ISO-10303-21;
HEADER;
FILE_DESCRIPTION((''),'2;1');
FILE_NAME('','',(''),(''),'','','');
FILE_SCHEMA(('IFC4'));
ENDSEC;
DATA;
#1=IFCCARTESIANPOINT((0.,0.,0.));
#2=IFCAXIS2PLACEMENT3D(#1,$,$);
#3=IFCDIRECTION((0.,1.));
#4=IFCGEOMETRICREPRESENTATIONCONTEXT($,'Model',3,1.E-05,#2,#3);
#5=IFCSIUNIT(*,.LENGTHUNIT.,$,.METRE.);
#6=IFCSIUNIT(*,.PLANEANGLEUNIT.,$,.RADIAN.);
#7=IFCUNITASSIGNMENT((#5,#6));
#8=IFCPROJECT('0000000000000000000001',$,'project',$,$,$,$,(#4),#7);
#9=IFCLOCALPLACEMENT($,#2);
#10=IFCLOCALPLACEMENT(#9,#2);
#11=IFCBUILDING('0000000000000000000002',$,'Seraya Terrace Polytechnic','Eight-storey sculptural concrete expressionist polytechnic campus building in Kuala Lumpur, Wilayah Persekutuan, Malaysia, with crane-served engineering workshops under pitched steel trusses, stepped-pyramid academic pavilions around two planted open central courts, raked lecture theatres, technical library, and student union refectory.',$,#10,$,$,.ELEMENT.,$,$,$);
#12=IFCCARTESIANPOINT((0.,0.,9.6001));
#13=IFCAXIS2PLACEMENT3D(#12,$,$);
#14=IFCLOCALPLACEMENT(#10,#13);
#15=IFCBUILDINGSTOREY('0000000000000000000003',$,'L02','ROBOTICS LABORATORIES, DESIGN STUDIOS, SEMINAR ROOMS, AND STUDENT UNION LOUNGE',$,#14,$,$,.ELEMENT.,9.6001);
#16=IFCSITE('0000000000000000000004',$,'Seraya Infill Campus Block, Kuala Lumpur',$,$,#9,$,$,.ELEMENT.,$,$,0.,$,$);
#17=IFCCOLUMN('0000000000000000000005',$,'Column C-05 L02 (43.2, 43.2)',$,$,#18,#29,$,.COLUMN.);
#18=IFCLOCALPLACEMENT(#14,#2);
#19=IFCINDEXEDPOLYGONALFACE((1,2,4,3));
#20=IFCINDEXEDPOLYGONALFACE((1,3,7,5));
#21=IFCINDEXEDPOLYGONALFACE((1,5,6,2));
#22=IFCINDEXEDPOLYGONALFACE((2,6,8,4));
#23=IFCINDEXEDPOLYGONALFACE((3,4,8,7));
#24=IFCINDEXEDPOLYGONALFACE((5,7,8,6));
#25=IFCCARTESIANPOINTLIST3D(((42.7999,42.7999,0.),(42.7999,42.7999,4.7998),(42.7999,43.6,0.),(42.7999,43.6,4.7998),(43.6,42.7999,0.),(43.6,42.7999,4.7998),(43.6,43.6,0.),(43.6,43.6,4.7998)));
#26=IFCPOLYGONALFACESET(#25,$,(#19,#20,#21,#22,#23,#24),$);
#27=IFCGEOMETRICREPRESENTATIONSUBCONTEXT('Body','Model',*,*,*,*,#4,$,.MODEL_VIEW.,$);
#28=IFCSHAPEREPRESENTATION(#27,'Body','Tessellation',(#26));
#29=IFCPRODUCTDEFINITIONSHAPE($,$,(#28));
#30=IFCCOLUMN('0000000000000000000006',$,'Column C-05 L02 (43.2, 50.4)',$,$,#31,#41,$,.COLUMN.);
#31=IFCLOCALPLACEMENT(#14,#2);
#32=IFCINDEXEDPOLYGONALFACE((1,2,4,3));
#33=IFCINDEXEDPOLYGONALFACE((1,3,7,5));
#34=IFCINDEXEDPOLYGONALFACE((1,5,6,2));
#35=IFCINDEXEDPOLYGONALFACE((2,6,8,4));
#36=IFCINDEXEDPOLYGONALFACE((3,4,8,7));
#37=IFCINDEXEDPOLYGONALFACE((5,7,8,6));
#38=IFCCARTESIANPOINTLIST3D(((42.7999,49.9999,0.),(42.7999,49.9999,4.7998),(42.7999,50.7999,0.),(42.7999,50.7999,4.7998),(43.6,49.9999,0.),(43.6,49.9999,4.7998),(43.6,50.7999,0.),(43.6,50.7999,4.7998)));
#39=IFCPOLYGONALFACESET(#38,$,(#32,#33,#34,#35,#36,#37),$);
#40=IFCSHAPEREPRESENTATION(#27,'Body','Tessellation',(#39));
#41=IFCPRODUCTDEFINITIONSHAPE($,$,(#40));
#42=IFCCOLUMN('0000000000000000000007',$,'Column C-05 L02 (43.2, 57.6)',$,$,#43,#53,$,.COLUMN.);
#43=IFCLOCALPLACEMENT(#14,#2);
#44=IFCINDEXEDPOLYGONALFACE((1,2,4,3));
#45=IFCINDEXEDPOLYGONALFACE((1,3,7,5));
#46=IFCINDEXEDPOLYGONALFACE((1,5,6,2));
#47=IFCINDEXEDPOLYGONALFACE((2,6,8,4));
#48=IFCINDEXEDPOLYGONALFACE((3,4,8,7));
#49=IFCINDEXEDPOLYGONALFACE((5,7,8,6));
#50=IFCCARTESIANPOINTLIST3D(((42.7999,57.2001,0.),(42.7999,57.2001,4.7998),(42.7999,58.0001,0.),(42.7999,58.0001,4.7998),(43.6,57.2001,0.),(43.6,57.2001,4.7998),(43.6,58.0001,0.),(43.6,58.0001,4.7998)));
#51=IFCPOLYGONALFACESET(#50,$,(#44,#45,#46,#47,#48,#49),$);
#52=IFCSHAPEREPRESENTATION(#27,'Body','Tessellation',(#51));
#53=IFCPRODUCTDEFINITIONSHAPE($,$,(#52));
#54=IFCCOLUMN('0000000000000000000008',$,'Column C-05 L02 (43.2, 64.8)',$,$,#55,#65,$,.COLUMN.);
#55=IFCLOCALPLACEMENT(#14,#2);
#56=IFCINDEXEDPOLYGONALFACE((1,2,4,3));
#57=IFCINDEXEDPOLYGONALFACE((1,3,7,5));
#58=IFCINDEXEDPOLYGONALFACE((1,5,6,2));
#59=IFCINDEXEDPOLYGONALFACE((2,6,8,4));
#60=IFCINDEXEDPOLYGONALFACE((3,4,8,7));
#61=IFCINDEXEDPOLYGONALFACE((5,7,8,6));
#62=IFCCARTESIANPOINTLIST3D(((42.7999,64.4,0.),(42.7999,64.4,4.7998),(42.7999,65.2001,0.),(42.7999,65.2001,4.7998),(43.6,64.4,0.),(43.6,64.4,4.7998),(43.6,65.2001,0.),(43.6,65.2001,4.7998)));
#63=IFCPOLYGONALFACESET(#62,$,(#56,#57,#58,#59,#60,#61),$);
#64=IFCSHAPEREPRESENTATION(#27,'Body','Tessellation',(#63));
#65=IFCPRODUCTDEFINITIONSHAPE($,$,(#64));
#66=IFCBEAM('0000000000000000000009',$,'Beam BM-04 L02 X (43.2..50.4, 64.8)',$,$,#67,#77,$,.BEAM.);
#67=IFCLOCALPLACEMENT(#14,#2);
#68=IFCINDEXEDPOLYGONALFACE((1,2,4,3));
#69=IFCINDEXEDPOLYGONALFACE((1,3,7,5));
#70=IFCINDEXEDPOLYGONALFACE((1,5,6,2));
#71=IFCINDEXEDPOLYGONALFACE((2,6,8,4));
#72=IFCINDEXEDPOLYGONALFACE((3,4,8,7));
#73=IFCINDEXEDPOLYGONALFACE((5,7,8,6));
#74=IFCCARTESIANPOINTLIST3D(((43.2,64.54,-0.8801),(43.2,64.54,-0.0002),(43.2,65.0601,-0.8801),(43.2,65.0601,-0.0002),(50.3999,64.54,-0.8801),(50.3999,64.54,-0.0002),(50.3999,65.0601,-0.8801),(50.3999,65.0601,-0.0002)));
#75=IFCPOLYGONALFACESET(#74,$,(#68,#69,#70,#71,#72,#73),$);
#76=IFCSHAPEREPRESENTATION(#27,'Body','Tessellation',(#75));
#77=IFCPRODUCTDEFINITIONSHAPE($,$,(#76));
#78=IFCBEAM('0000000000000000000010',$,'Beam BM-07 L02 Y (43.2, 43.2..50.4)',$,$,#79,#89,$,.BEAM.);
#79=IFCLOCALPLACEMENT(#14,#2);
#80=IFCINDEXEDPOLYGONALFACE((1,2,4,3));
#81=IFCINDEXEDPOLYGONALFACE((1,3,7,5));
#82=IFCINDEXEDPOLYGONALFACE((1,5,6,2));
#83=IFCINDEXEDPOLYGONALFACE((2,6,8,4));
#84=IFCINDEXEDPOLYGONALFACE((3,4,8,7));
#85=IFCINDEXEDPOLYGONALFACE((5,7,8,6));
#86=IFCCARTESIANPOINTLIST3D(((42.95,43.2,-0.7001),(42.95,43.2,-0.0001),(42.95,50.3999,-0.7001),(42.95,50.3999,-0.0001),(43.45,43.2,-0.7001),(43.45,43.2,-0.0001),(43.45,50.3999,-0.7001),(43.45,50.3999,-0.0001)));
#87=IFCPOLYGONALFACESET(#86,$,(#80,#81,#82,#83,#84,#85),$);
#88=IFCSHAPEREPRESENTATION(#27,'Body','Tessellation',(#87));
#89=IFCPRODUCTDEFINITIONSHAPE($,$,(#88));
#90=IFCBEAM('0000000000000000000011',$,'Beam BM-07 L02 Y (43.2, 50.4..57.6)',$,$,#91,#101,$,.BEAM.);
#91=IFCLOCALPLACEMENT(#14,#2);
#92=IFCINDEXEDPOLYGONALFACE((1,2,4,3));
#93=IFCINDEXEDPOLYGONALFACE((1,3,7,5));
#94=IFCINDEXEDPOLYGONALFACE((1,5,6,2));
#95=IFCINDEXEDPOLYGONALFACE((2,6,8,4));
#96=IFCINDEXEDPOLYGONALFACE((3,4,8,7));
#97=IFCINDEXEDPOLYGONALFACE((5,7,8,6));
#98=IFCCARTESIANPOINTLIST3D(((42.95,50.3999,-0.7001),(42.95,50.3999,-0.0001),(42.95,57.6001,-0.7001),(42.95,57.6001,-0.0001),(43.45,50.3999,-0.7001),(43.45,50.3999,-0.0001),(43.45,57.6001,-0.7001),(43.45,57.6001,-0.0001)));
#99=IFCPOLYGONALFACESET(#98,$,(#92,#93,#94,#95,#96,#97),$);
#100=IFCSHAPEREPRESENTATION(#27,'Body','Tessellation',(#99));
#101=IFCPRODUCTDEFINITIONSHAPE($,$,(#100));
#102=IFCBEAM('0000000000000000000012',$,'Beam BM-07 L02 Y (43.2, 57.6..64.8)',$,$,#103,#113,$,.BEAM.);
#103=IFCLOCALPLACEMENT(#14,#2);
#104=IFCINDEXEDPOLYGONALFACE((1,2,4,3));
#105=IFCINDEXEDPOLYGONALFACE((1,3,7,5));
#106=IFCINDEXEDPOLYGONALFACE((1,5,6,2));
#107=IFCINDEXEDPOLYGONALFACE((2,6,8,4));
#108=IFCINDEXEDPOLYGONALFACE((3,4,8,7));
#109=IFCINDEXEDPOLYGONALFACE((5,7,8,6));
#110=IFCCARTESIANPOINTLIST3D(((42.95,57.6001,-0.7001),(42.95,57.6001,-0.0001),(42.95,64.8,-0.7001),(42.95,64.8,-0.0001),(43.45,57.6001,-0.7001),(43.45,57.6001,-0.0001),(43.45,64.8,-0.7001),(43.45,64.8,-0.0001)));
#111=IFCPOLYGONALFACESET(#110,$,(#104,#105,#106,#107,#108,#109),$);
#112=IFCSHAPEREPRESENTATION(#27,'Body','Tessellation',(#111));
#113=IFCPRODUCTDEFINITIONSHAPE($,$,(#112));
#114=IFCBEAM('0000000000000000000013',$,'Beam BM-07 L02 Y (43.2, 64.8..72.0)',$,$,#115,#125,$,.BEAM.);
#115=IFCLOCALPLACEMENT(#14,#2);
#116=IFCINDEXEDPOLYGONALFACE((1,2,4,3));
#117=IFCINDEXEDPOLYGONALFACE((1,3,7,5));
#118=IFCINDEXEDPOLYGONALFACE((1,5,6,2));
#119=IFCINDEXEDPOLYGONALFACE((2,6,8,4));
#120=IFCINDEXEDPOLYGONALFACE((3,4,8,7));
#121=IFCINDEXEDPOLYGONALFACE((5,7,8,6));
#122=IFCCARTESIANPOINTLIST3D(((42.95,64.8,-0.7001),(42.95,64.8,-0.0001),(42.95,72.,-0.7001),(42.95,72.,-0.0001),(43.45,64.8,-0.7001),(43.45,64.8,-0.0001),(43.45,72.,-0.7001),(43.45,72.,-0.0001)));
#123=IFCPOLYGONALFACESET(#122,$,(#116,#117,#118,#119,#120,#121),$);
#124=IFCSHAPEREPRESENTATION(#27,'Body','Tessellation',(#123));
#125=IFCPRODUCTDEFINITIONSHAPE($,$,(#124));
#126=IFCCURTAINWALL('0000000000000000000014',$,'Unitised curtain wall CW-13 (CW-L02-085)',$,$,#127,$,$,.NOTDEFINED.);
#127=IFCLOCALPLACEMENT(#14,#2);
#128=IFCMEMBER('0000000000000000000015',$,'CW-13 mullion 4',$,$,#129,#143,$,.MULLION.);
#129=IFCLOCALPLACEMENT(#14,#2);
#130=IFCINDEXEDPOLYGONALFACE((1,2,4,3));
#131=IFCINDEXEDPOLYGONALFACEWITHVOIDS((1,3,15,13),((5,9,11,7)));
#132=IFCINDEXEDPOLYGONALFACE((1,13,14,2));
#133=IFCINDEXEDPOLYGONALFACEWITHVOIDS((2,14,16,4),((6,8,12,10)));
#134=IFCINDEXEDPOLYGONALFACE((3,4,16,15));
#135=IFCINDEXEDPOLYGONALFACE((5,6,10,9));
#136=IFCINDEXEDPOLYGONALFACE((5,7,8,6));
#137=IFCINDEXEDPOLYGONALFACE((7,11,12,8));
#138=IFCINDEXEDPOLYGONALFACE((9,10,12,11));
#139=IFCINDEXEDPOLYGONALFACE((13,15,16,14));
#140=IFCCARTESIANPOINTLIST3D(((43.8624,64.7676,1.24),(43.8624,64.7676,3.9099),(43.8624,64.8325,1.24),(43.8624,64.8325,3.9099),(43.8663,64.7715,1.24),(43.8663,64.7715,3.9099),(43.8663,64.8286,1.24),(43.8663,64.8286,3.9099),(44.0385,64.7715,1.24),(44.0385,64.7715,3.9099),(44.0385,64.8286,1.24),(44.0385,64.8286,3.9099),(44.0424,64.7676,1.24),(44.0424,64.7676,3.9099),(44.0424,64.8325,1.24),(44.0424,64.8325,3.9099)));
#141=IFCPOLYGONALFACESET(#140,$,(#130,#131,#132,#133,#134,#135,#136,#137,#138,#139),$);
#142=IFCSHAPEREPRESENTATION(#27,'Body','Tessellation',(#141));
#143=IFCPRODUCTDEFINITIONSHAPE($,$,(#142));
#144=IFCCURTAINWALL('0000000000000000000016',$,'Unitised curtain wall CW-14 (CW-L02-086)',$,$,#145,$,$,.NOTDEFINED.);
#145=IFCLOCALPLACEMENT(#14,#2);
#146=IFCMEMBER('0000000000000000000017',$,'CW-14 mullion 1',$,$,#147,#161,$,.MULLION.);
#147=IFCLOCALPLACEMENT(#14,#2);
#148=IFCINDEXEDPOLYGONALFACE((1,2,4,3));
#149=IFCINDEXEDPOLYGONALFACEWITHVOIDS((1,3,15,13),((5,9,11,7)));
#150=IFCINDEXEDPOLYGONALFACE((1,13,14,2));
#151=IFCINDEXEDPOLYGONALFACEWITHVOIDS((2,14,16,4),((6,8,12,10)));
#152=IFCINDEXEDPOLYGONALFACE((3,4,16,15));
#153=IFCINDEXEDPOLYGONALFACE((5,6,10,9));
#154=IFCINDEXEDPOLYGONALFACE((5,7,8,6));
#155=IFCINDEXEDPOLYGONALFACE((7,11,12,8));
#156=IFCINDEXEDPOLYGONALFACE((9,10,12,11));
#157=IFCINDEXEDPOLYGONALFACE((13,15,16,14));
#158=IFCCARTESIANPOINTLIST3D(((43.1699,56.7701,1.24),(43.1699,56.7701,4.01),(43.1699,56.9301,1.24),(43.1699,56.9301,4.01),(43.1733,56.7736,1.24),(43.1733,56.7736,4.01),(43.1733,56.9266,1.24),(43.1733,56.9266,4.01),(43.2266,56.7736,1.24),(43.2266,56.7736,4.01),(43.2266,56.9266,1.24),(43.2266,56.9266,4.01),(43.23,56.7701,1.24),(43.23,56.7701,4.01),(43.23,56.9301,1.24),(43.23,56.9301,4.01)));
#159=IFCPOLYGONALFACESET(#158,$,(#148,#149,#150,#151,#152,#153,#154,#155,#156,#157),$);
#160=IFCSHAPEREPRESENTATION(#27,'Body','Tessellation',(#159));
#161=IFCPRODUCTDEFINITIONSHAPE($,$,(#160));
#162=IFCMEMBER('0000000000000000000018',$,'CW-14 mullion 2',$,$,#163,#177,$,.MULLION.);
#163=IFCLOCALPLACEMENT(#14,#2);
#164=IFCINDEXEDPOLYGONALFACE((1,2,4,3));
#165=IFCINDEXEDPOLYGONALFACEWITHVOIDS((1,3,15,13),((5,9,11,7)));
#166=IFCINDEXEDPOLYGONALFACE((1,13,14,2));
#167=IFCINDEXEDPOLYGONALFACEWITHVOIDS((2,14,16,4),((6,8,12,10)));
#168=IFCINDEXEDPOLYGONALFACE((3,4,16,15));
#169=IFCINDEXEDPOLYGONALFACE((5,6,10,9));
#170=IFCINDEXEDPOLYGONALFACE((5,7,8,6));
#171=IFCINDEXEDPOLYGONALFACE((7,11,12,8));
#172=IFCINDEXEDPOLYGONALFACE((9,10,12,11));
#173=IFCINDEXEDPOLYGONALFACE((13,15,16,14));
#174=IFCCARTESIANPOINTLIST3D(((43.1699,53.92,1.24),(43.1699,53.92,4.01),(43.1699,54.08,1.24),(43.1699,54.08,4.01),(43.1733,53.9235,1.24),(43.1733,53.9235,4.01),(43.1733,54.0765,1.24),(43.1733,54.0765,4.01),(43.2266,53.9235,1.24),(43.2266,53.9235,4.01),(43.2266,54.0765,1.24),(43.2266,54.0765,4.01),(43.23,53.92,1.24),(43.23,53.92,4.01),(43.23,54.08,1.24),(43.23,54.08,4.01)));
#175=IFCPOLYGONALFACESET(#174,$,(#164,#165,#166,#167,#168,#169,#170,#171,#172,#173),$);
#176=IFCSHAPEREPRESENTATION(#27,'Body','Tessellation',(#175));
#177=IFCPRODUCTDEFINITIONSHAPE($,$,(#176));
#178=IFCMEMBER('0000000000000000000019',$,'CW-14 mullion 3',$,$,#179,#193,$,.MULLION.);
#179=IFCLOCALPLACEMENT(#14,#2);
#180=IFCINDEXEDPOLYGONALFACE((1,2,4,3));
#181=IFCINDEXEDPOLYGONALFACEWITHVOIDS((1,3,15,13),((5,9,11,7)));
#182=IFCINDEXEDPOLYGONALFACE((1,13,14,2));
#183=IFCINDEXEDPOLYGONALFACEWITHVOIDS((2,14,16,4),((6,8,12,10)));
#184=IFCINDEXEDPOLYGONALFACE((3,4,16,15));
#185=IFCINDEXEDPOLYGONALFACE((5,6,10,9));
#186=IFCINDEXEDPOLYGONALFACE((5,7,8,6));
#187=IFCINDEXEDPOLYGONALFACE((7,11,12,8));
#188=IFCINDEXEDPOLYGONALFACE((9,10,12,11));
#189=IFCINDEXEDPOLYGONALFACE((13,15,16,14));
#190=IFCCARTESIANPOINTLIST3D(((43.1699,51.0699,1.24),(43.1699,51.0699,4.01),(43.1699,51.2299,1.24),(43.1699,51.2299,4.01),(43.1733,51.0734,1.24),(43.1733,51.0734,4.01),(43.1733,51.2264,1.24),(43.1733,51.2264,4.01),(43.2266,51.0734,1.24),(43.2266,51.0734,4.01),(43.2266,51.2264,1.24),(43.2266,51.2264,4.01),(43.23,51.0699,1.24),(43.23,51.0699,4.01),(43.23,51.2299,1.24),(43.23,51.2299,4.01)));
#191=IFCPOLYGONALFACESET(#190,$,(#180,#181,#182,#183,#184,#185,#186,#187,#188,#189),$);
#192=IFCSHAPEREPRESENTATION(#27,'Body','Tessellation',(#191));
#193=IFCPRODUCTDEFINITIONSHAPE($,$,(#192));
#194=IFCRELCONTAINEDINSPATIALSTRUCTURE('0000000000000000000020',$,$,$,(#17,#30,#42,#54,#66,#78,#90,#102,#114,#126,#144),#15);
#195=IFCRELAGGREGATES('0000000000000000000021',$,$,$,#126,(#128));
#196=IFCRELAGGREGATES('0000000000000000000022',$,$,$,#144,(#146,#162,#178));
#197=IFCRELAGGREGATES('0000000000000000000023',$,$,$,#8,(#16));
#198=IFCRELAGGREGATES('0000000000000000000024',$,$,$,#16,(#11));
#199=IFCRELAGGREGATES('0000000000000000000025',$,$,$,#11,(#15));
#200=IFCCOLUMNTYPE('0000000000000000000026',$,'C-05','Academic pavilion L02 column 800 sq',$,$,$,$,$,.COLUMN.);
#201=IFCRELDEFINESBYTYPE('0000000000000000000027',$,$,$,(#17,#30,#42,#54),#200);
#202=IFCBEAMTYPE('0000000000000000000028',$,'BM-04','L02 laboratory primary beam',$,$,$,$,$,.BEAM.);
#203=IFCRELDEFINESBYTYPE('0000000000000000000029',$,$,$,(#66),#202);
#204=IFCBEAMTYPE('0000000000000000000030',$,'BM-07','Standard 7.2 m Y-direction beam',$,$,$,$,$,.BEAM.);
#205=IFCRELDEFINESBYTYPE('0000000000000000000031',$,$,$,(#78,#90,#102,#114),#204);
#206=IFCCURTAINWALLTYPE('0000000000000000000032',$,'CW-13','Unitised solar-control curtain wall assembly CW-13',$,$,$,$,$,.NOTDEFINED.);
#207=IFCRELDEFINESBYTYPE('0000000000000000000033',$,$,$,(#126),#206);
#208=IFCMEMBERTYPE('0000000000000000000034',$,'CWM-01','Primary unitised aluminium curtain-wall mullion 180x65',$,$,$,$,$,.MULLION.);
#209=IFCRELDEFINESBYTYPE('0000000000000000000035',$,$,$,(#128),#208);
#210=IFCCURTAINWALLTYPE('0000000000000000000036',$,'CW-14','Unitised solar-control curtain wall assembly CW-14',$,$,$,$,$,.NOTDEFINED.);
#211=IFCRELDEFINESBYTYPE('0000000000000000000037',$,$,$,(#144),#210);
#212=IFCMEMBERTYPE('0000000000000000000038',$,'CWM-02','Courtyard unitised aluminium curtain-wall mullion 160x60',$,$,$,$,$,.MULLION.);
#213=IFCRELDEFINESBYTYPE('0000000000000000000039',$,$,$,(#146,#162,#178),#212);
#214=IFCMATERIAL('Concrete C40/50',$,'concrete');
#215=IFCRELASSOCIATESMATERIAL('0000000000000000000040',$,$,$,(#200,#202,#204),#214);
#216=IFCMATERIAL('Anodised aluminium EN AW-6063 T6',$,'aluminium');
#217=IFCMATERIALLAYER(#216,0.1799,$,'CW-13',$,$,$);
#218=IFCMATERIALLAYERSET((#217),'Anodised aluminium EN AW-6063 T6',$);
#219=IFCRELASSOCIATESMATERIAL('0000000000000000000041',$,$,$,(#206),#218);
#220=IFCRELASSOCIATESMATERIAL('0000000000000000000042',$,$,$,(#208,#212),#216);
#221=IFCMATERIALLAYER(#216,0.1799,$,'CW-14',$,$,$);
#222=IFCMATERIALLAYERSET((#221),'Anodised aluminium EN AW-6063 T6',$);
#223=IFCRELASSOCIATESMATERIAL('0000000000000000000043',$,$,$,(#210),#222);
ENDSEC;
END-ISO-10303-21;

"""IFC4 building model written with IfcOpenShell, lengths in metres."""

from ifc_helpers import new_model, si_unit, direction, frame, origin, origin_2d, place, context, subcontext, project, spatial, rectangle, hollow_rectangle, extrude, material, layer, layer_set, material_profile, profile_set, type_object, element, aggregate, save


model = new_model("IFC4")

# Units and contexts
model_context = context("Model", 3, precision=1e-05, world=origin(), true_north=direction((0.0, 1.0)))
body_context = subcontext(model_context, "Body", "Model", "MODEL_VIEW")
ifc_project = project(units=[si_unit("LENGTHUNIT", "METRE"), si_unit("PLANEANGLEUNIT", "RADIAN")], contexts=[model_context])

# Site, building, storey
site_placement = place(None, origin())
site = spatial("IfcSite", under=ifc_project, at=site_placement, Name="Seraya Infill Campus Block, Kuala Lumpur", CompositionType="ELEMENT", RefElevation=0.0)
building_placement = place(site_placement, origin())
building = spatial("IfcBuilding", under=site, at=building_placement, Name="Seraya Terrace Polytechnic", Description="Eight-storey sculptural concrete expressionist polytechnic campus building in Kuala Lumpur, Wilayah Persekutuan, Malaysia, with crane-served engineering workshops under pitched steel trusses, stepped-pyramid academic pavilions around two planted open central courts, raked lecture theatres, technical library, and student union refectory.", CompositionType="ELEMENT")
storey_placement = place(building_placement, frame((0.0, 0.0, 9.6001)))
storey = spatial("IfcBuildingStorey", under=building, at=storey_placement, Name="L02", Description="ROBOTICS LABORATORIES, DESIGN STUDIOS, SEMINAR ROOMS, AND STUDENT UNION LOUNGE", CompositionType="ELEMENT", Elevation=9.6001)

# Columns
ifc_material_1 = material(Name="Concrete C40/50", Category="concrete")
ifc_material_profile_1 = material_profile(ifc_material_1, rectangle(XDim=0.8, YDim=0.8, at=origin_2d()), Name="RC 800x800")
ifc_profile_set_1 = profile_set([ifc_material_profile_1], Name="Concrete C40/50")
column_type = type_object("IfcColumnType", Name="C-05", Description="Academic pavilion L02 column 800 sq", PredefinedType="COLUMN", material=ifc_profile_set_1)
for number, where, z_axis, x_axis, name in (
    (1, (43.2, 43.2, 0.0), (0.0, 0.0, 1.0), (1.0, 0.0, 0.0), "Column C-05 L02 (43.2, 43.2)"),
    (2, (43.2, 50.3999, 0.0), (0.0, 0.0, 1.0), (1.0, 0.0, 0.0), "Column C-05 L02 (43.2, 50.4)"),
    (3, (43.2, 57.6001, 0.0), (0.0, 0.0, 1.0), (1.0, 0.0, 0.0), "Column C-05 L02 (43.2, 57.6)"),
    (4, (43.2, 64.8, 0.0), (0.0, 0.0, 1.0), (1.0, 0.0, 0.0), "Column C-05 L02 (43.2, 64.8)"),
):
    element("IfcColumn", number, at=place(storey_placement, frame(where, z_axis=z_axis, x_axis=x_axis)), inside=storey, type_object=column_type, Name=name, PredefinedType="COLUMN", context=body_context, shape_type="SweptSolid", body=[
        extrude(rectangle(XDim=0.8, YDim=0.8, at=origin_2d()), origin(), (0.0, 0.0, 1.0), 4.7998),
    ])

# Beams
ifc_material_profile_2 = material_profile(ifc_material_1, rectangle(XDim=0.52, YDim=0.8799, at=origin_2d()), Name="RC 520x880")
ifc_profile_set_2 = profile_set([ifc_material_profile_2], Name="Concrete C40/50")
beam_type_1 = type_object("IfcBeamType", Name="BM-04", Description="L02 laboratory primary beam", PredefinedType="BEAM", material=ifc_profile_set_2)
beam_1_placement = place(storey_placement, frame((43.2, 64.8, -0.4402), z_axis=(1.0, 0.0, 0.0), x_axis=(0.0, 1.0, 0.0)))
element("IfcBeam", 5, at=beam_1_placement, inside=storey, type_object=beam_type_1, Name="Beam BM-04 L02 X (43.2..50.4, 64.8)", PredefinedType="BEAM", context=body_context, shape_type="SweptSolid", body=[
    extrude(rectangle(XDim=0.52, YDim=0.8799, at=origin_2d()), origin(), (0.0, 0.0, 1.0), 7.2),
])
ifc_material_profile_3 = material_profile(ifc_material_1, rectangle(XDim=0.5, YDim=0.7, at=origin_2d()), Name="RC 500x700")
ifc_profile_set_3 = profile_set([ifc_material_profile_3], Name="Concrete C40/50")
beam_type_2 = type_object("IfcBeamType", Name="BM-07", Description="Standard 7.2 m Y-direction beam", PredefinedType="BEAM", material=ifc_profile_set_3)
beam_2_placement = place(storey_placement, frame((43.2, 43.2, -0.3501), z_axis=(0.0, 1.0, 0.0), x_axis=(-1.0, 0.0, 0.0)))
element("IfcBeam", 6, at=beam_2_placement, inside=storey, type_object=beam_type_2, Name="Beam BM-07 L02 Y (43.2, 43.2..50.4)", PredefinedType="BEAM", context=body_context, shape_type="SweptSolid", body=[
    extrude(rectangle(XDim=0.5, YDim=0.7, at=origin_2d()), origin(), (0.0, 0.0, 1.0), 7.2),
])
beam_3_placement = place(storey_placement, frame((43.2, 50.3999, -0.3501), z_axis=(0.0, 1.0, 0.0), x_axis=(-1.0, 0.0, 0.0)))
element("IfcBeam", 7, at=beam_3_placement, inside=storey, type_object=beam_type_2, Name="Beam BM-07 L02 Y (43.2, 50.4..57.6)", PredefinedType="BEAM", context=body_context, shape_type="SweptSolid", body=[
    extrude(rectangle(XDim=0.5, YDim=0.7, at=origin_2d()), origin(), (0.0, 0.0, 1.0), 7.2002),
])
for number, where, z_axis, x_axis, name in (
    (8, (43.2, 57.6001, -0.3501), (0.0, 1.0, 0.0), (-1.0, 0.0, 0.0), "Beam BM-07 L02 Y (43.2, 57.6..64.8)"),
    (9, (43.2, 64.8, -0.3501), (0.0, 1.0, 0.0), (-1.0, 0.0, 0.0), "Beam BM-07 L02 Y (43.2, 64.8..72.0)"),
):
    element("IfcBeam", number, at=place(storey_placement, frame(where, z_axis=z_axis, x_axis=x_axis)), inside=storey, type_object=beam_type_2, Name=name, PredefinedType="BEAM", context=body_context, shape_type="SweptSolid", body=[
        extrude(rectangle(XDim=0.5, YDim=0.7, at=origin_2d()), origin(), (0.0, 0.0, 1.0), 7.2),
    ])

# Curtain wall, member
ifc_material_2 = material(Name="Anodised aluminium EN AW-6063 T6", Category="aluminium")
ifc_layer_1 = layer(ifc_material_2, 0.1799, Name="CW-13")
ifc_layer_set_1 = layer_set([ifc_layer_1], Name="Anodised aluminium EN AW-6063 T6")
curtain_wall_type_1 = type_object("IfcCurtainWallType", Name="CW-13", Description="Unitised solar-control curtain wall assembly CW-13", PredefinedType="NOTDEFINED", material=ifc_layer_set_1)
curtain_wall_1_placement = place(storey_placement, origin())
curtain_wall_1 = element("IfcCurtainWall", 10, at=curtain_wall_1_placement, inside=storey, type_object=curtain_wall_type_1, Name="Unitised curtain wall CW-13 (CW-L02-085)", PredefinedType="NOTDEFINED")
ifc_material_profile_4 = material_profile(ifc_material_2, hollow_rectangle(XDim=0.0649, YDim=0.1799, WallThickness=0.0039, at=origin_2d()), Name="RHS 180x65x4.0")
ifc_profile_set_4 = profile_set([ifc_material_profile_4], Name="Anodised aluminium EN AW-6063 T6")
member_type_1 = type_object("IfcMemberType", Name="CWM-01", Description="Primary unitised aluminium curtain-wall mullion 180x65", PredefinedType="MULLION", material=ifc_profile_set_4)
member_1_placement = place(storey_placement, frame((43.9524, 64.8, 1.24), z_axis=(0.0, 0.0, 1.0), x_axis=(0.0, -1.0, 0.0)))
member_1 = element("IfcMember", 11, at=member_1_placement, type_object=member_type_1, Name="CW-13 mullion 4", PredefinedType="MULLION", context=body_context, shape_type="SweptSolid", body=[
    extrude(hollow_rectangle(XDim=0.0649, YDim=0.1799, WallThickness=0.0039, at=origin_2d()), origin(), (0.0, 0.0, 1.0), 2.6699),
])

# Curtain wall, members
ifc_layer_2 = layer(ifc_material_2, 0.1799, Name="CW-14")
ifc_layer_set_2 = layer_set([ifc_layer_2], Name="Anodised aluminium EN AW-6063 T6")
curtain_wall_type_2 = type_object("IfcCurtainWallType", Name="CW-14", Description="Unitised solar-control curtain wall assembly CW-14", PredefinedType="NOTDEFINED", material=ifc_layer_set_2)
curtain_wall_2_placement = place(storey_placement, origin())
curtain_wall_2 = element("IfcCurtainWall", 12, at=curtain_wall_2_placement, inside=storey, type_object=curtain_wall_type_2, Name="Unitised curtain wall CW-14 (CW-L02-086)", PredefinedType="NOTDEFINED")
ifc_material_profile_5 = material_profile(ifc_material_2, hollow_rectangle(XDim=0.0601, YDim=0.1599, WallThickness=0.0034, at=origin_2d()), Name="RHS 160x60x3.5")
ifc_profile_set_5 = profile_set([ifc_material_profile_5], Name="Anodised aluminium EN AW-6063 T6")
member_type_2 = type_object("IfcMemberType", Name="CWM-02", Description="Courtyard unitised aluminium curtain-wall mullion 160x60", PredefinedType="MULLION", material=ifc_profile_set_5)
member_2_placement = place(storey_placement, frame((43.2, 56.8501, 1.24), z_axis=(0.0, 0.0, 1.0), x_axis=(1.0, 0.0, 0.0)))
member_2 = element("IfcMember", 13, at=member_2_placement, type_object=member_type_2, Name="CW-14 mullion 1", PredefinedType="MULLION", context=body_context, shape_type="SweptSolid", body=[
    extrude(hollow_rectangle(XDim=0.0601, YDim=0.1599, WallThickness=0.0034, at=origin_2d()), origin(), (0.0, 0.0, 1.0), 2.77),
])
member_3_placement = place(storey_placement, frame((43.2, 54.0, 1.24), z_axis=(0.0, 0.0, 1.0), x_axis=(1.0, 0.0, 0.0)))
member_3 = element("IfcMember", 14, at=member_3_placement, type_object=member_type_2, Name="CW-14 mullion 2", PredefinedType="MULLION", context=body_context, shape_type="SweptSolid", body=[
    extrude(hollow_rectangle(XDim=0.0601, YDim=0.1599, WallThickness=0.0034, at=origin_2d()), origin(), (0.0, 0.0, 1.0), 2.77),
])
member_4_placement = place(storey_placement, frame((43.2, 51.1499, 1.24), z_axis=(0.0, 0.0, 1.0), x_axis=(1.0, 0.0, 0.0)))
member_4 = element("IfcMember", 15, at=member_4_placement, type_object=member_type_2, Name="CW-14 mullion 3", PredefinedType="MULLION", context=body_context, shape_type="SweptSolid", body=[
    extrude(hollow_rectangle(XDim=0.0601, YDim=0.1599, WallThickness=0.0034, at=origin_2d()), origin(), (0.0, 0.0, 1.0), 2.77),
])

aggregate(curtain_wall_1, [member_1])
aggregate(curtain_wall_2, [member_2, member_3, member_4])

save(model, "model.ifc")
